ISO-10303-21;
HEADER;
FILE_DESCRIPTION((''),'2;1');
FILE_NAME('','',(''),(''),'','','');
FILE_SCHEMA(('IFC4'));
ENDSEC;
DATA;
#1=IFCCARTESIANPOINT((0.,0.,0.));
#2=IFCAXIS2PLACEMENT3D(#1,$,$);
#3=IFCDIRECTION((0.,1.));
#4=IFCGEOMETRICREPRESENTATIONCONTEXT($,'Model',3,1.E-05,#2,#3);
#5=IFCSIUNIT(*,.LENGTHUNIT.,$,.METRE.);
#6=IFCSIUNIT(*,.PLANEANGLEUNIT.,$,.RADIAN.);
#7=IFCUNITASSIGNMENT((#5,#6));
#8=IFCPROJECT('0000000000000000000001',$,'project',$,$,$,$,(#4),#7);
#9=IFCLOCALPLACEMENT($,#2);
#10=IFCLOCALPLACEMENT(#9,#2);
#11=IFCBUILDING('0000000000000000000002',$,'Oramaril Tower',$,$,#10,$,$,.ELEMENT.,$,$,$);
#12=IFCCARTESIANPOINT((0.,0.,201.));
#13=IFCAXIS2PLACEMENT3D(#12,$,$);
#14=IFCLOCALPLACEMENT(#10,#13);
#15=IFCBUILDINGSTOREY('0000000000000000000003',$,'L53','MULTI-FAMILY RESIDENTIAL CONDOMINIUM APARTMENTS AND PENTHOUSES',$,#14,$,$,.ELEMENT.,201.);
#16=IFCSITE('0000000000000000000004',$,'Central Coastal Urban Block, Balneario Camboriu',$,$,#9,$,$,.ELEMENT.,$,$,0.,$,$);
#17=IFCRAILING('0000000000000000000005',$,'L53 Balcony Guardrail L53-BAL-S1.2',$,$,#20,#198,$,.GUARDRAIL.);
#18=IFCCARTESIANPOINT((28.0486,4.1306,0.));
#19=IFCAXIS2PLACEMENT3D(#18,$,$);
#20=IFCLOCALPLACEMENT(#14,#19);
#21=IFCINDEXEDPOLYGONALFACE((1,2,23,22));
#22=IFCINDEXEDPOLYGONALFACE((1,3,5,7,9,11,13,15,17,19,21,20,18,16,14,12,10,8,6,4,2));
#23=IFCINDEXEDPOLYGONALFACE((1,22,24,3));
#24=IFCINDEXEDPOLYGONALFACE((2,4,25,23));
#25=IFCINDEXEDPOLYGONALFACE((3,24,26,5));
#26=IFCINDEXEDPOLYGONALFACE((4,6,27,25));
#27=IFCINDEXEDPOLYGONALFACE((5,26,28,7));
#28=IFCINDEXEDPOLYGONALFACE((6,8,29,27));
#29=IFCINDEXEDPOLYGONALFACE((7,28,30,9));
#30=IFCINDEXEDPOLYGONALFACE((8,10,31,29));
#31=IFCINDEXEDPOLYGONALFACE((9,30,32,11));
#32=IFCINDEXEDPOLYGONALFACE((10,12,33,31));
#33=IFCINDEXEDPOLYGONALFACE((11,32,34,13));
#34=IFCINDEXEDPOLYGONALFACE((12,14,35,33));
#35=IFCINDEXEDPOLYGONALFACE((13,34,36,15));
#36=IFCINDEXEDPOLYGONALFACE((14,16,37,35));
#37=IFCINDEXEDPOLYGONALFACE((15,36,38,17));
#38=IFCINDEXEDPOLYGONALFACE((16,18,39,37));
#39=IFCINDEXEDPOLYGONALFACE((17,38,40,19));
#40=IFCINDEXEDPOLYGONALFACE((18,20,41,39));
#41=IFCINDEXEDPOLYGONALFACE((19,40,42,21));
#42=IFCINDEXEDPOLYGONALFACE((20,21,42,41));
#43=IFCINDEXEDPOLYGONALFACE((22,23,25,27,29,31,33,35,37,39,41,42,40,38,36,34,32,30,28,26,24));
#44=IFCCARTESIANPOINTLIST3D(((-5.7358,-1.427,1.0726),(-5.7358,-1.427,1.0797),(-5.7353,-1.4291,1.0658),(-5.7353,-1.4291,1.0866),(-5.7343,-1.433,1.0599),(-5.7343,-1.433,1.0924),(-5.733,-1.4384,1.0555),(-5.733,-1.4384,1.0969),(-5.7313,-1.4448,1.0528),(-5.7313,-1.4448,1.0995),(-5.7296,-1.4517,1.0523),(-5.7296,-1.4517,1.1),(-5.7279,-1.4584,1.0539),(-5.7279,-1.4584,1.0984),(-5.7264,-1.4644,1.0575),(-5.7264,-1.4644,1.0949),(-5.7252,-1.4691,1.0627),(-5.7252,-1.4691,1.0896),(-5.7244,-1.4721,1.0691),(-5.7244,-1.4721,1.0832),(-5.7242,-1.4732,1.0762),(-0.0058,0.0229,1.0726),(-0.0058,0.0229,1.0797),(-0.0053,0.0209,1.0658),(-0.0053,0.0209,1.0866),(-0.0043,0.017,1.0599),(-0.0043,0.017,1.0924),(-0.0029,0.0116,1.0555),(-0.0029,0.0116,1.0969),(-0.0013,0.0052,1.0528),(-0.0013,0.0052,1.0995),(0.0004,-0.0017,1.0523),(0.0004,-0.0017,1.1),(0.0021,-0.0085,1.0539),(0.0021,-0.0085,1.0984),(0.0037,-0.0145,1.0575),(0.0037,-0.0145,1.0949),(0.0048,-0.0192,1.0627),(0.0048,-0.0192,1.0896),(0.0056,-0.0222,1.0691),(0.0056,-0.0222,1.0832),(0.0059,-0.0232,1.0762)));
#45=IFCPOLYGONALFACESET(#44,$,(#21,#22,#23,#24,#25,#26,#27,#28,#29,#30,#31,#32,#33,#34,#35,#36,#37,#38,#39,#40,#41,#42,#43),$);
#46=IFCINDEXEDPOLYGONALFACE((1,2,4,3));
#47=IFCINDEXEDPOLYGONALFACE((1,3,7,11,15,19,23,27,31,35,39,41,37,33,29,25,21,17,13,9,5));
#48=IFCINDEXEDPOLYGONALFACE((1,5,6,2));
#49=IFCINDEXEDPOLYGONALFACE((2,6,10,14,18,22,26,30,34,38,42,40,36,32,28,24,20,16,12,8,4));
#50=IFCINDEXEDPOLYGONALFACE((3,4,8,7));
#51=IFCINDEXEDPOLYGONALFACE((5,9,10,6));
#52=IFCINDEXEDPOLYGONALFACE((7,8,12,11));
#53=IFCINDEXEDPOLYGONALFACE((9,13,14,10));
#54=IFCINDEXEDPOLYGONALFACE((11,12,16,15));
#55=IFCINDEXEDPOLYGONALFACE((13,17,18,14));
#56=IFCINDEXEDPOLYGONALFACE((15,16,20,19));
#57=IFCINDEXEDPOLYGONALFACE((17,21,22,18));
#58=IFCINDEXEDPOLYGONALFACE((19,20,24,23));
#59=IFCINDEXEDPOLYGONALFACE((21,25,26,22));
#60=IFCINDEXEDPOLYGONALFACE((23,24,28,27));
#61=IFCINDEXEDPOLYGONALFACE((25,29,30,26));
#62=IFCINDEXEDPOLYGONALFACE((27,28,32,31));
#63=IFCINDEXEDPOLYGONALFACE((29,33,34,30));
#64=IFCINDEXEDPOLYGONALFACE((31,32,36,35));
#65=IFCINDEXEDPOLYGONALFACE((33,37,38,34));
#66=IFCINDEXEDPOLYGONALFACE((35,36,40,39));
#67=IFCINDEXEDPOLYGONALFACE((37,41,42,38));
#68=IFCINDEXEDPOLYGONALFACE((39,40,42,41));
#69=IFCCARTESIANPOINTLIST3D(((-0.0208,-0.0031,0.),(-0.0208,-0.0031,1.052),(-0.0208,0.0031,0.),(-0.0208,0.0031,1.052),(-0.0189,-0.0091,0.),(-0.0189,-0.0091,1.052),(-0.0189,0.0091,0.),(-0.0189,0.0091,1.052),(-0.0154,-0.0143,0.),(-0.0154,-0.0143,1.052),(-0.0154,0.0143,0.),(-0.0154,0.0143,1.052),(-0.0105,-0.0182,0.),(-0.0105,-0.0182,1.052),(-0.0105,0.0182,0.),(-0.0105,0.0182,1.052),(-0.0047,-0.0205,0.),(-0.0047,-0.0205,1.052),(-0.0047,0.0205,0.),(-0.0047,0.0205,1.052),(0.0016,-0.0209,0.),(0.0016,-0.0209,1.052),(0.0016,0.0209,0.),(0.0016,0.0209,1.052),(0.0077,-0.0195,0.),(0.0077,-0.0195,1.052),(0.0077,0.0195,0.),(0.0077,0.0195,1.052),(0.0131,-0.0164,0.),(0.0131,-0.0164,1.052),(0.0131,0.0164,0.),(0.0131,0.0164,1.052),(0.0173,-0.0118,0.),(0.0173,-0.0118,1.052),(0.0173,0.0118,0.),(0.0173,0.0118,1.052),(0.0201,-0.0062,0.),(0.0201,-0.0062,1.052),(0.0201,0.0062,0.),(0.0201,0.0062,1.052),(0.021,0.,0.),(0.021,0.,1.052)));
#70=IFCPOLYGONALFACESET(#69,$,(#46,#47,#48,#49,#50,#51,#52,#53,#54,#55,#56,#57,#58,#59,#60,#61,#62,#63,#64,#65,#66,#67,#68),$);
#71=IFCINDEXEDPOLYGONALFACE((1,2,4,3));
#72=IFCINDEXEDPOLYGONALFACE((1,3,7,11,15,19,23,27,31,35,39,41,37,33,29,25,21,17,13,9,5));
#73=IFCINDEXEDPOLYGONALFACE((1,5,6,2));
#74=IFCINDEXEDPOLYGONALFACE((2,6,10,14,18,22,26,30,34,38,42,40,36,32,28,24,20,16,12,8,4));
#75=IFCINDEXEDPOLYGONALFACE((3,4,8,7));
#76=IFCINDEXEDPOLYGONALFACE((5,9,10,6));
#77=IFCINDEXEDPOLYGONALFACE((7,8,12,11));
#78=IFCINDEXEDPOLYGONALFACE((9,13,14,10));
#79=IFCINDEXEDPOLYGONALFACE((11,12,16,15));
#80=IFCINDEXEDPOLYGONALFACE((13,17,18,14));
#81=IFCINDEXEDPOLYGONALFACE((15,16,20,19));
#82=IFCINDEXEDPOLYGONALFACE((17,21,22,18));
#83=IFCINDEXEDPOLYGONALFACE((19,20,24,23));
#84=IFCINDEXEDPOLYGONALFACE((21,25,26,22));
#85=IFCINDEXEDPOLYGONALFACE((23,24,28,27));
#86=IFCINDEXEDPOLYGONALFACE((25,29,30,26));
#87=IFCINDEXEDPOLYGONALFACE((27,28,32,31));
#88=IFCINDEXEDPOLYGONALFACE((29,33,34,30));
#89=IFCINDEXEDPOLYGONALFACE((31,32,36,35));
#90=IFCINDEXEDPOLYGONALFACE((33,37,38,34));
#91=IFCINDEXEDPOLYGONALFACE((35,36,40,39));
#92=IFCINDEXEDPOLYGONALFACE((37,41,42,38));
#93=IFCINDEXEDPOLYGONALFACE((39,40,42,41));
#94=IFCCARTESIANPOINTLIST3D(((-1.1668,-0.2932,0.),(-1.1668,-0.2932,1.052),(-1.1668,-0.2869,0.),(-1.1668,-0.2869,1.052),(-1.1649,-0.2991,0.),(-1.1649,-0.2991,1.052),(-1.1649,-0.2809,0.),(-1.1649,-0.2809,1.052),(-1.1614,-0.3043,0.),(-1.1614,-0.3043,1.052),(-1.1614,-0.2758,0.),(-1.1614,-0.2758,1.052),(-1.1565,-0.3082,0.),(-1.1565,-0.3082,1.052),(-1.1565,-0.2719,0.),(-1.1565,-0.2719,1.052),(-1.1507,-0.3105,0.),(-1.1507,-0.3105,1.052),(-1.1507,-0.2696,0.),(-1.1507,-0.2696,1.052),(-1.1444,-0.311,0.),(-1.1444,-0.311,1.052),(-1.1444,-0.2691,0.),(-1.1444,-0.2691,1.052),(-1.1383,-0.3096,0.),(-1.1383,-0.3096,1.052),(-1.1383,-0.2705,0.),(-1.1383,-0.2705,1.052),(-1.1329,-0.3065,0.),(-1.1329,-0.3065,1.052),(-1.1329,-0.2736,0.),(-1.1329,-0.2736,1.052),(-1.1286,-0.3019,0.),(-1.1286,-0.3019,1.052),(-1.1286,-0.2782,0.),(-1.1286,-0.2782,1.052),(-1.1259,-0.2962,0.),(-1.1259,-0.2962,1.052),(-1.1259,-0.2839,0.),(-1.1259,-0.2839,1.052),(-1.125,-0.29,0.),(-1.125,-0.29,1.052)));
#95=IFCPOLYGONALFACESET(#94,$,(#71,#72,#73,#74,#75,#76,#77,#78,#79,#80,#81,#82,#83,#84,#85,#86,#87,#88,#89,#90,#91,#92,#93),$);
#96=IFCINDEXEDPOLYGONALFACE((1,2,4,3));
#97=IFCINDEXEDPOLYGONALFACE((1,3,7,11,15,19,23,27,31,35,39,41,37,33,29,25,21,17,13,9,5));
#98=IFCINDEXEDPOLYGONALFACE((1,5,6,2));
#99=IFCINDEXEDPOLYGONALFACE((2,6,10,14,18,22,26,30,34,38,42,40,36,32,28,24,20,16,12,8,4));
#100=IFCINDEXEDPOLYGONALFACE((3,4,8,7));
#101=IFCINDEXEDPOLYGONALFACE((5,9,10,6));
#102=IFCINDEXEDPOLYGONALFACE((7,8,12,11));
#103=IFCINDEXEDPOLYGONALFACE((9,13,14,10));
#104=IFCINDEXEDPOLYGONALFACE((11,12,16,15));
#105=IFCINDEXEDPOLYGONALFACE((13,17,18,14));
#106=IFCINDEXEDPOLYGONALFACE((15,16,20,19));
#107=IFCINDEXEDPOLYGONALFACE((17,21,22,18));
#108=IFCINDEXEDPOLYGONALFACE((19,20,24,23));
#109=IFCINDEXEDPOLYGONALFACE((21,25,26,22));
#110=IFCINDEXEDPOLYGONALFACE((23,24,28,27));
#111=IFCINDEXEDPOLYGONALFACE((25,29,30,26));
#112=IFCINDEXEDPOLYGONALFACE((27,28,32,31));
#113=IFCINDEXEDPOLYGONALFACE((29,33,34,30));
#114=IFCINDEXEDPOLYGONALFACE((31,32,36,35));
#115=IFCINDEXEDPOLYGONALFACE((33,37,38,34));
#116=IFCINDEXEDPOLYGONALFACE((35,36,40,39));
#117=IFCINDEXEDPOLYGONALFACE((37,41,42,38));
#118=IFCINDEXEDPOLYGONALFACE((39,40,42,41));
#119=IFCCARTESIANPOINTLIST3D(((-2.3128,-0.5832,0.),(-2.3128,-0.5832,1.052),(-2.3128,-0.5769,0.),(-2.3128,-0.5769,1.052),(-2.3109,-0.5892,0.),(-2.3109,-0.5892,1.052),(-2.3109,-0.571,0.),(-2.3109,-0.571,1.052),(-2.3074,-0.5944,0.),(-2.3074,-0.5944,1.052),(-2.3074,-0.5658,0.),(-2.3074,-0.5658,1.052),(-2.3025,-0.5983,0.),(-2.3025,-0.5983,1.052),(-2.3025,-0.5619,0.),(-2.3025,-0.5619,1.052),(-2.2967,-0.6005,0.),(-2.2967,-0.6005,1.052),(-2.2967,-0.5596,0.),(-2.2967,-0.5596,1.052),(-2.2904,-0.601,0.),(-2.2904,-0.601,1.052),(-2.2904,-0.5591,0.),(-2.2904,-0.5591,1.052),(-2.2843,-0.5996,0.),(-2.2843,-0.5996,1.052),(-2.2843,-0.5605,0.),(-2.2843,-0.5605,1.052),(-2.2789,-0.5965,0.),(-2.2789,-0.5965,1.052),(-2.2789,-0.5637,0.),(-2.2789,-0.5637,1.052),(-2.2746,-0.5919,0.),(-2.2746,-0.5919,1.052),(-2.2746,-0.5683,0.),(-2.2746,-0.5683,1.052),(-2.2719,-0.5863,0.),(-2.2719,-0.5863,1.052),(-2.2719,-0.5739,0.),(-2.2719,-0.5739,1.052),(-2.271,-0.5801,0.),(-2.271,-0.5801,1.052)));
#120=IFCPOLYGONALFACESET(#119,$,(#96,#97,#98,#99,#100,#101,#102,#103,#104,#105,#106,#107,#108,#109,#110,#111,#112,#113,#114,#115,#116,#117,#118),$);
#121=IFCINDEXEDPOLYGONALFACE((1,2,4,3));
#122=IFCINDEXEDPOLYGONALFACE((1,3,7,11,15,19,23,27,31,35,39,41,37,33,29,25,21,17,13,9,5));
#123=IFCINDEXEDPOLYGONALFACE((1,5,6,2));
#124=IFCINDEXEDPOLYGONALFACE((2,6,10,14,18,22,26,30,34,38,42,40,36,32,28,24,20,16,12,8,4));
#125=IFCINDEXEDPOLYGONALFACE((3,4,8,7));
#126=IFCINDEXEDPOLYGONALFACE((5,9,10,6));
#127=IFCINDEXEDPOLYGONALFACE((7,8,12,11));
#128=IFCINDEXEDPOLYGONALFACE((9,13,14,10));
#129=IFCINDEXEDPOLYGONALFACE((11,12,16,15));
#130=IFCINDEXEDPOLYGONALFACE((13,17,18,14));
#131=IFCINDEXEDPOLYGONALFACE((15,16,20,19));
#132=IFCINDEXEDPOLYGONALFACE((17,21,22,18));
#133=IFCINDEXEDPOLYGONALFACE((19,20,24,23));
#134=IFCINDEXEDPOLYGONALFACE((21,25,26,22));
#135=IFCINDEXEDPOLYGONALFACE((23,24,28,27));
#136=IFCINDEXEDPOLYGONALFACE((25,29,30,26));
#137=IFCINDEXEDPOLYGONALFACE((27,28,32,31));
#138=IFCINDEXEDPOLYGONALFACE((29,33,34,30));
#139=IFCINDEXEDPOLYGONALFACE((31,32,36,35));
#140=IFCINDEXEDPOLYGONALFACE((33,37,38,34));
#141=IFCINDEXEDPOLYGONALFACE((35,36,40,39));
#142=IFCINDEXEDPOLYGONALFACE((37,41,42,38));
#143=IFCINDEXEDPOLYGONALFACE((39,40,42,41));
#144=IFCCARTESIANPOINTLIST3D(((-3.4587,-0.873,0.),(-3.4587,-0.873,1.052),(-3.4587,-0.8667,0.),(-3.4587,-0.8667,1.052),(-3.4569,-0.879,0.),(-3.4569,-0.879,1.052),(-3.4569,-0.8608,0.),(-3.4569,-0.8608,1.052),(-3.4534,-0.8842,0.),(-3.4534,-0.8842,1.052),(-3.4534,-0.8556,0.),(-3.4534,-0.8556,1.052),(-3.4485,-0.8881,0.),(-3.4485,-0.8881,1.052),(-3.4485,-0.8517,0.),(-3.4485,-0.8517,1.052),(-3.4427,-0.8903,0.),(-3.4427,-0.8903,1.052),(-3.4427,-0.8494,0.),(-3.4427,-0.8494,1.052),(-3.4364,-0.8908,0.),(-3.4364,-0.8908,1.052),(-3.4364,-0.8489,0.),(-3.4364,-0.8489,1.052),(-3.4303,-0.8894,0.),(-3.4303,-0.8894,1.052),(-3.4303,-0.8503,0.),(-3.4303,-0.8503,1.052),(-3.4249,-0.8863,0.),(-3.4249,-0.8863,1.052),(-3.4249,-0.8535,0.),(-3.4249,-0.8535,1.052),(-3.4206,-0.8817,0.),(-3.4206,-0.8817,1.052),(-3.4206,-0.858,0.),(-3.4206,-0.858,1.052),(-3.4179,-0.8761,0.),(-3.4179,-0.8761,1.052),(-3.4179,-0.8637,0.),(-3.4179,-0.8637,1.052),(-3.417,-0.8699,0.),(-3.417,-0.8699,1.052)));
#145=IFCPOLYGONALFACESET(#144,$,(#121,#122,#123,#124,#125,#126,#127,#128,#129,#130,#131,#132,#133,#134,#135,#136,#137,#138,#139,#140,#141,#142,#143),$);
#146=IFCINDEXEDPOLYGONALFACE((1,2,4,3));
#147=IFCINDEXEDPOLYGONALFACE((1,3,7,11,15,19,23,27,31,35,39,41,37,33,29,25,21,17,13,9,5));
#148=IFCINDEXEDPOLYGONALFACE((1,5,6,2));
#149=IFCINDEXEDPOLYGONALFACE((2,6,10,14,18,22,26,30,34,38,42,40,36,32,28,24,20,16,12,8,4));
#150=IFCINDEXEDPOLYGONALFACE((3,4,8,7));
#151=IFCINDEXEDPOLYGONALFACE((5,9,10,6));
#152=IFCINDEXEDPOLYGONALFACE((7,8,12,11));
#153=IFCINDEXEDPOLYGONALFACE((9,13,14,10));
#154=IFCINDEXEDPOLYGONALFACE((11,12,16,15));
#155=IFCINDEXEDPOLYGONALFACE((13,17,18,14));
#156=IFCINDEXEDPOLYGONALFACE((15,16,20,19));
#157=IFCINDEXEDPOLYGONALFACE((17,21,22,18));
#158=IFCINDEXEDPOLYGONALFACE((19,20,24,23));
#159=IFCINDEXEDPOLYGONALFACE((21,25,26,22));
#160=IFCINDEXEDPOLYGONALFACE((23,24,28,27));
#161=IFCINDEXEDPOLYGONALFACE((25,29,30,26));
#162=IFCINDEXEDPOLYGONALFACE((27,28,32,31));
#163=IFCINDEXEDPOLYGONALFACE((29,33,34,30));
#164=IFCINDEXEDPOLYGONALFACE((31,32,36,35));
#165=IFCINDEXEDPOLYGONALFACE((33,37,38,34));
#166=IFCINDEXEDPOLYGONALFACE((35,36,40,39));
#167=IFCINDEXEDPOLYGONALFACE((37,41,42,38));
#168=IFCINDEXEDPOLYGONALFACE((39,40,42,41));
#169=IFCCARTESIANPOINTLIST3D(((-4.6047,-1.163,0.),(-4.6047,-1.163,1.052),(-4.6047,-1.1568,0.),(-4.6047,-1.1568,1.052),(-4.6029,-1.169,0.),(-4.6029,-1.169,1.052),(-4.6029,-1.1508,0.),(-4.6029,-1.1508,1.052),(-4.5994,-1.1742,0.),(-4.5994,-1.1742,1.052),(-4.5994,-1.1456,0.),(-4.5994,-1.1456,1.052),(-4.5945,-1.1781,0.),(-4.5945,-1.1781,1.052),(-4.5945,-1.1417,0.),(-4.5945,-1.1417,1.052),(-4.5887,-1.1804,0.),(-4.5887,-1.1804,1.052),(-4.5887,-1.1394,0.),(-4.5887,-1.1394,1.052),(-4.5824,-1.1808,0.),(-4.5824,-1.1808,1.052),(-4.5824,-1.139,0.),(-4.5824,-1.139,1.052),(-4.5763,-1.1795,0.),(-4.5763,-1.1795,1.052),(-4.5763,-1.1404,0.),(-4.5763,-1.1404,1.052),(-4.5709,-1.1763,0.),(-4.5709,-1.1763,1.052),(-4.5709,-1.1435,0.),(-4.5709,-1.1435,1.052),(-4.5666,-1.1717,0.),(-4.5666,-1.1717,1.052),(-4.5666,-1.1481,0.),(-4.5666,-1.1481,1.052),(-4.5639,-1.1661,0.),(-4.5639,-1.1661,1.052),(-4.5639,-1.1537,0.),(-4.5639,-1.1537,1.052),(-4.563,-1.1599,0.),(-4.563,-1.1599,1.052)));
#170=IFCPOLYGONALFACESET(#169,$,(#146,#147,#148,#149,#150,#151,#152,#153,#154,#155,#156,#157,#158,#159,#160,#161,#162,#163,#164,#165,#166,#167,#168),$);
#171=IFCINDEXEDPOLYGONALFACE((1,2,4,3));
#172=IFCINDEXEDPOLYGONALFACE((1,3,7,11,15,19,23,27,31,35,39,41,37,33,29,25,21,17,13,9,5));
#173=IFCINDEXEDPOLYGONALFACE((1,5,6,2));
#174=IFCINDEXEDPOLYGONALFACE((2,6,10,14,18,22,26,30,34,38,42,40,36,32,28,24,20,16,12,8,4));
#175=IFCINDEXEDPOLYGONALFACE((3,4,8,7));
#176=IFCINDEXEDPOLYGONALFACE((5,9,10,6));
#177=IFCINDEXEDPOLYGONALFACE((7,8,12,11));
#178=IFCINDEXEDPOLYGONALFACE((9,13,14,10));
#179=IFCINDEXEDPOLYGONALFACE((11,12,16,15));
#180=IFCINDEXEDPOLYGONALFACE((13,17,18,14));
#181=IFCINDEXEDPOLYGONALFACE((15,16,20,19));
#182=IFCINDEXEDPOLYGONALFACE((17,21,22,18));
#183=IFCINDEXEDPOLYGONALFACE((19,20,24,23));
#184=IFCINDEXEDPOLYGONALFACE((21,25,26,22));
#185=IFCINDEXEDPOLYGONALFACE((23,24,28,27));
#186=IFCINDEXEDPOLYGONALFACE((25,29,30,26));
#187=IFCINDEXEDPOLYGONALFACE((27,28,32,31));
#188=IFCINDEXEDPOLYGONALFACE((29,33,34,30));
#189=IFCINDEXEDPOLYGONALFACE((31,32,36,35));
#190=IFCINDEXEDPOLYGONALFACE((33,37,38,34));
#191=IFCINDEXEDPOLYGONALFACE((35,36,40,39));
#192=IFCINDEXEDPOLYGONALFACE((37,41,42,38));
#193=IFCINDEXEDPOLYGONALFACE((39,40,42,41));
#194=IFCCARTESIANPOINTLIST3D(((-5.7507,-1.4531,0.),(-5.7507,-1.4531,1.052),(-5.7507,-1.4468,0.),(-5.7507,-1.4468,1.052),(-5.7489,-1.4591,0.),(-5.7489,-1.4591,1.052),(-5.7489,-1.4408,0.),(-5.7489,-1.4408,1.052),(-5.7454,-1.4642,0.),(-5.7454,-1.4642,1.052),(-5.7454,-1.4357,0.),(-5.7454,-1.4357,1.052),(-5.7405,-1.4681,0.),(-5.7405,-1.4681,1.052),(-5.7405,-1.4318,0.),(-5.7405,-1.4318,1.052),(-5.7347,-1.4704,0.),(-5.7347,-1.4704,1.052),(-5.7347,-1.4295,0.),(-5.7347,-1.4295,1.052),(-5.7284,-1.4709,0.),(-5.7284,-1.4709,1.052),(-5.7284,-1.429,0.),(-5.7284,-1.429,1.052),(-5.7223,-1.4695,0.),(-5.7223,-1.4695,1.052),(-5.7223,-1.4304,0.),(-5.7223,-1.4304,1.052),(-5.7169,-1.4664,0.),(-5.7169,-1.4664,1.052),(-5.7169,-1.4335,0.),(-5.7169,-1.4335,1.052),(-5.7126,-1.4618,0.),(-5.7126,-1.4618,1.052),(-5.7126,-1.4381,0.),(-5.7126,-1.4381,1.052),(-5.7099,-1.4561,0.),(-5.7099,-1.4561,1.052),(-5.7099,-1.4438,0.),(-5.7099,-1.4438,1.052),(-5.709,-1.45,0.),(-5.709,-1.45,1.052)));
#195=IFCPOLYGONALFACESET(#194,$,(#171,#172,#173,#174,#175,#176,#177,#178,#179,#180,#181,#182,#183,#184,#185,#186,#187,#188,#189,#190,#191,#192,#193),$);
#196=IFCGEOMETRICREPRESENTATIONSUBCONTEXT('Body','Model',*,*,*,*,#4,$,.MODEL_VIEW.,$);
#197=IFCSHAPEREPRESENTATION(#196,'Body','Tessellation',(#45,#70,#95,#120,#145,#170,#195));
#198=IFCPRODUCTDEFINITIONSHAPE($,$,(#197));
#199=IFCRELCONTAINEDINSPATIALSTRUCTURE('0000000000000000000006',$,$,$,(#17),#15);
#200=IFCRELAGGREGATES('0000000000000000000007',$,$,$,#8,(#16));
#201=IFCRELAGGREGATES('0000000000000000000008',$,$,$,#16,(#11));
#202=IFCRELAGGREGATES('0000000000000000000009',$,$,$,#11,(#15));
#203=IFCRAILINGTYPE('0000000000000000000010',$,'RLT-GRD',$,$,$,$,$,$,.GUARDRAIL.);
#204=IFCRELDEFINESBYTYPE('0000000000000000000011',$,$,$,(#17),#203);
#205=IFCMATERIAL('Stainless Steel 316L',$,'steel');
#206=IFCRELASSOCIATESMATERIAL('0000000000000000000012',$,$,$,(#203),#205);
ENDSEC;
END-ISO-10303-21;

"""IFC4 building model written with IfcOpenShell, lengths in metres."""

from ifc_helpers import new_model, si_unit, direction, frame, origin, origin_2d, place, context, subcontext, project, spatial, circle, extrude, material, type_object, element, save


model = new_model("IFC4")

# Units and contexts
model_context = context("Model", 3, precision=1e-05, world=origin(), true_north=direction((0.0, 1.0)))
body_context = subcontext(model_context, "Body", "Model", "MODEL_VIEW")
ifc_project = project(units=[si_unit("LENGTHUNIT", "METRE"), si_unit("PLANEANGLEUNIT", "RADIAN")], contexts=[model_context])

# Site, building, storey
site_placement = place(None, origin())
site = spatial("IfcSite", under=ifc_project, at=site_placement, Name="Central Coastal Urban Block, Balneario Camboriu", CompositionType="ELEMENT", RefElevation=0.0)
building_placement = place(site_placement, origin())
building = spatial("IfcBuilding", under=site, at=building_placement, Name="Oramaril Tower", CompositionType="ELEMENT")
storey_placement = place(building_placement, frame((0.0, 0.0, 201.0)))
storey = spatial("IfcBuildingStorey", under=building, at=storey_placement, Name="L53", Description="MULTI-FAMILY RESIDENTIAL CONDOMINIUM APARTMENTS AND PENTHOUSES", CompositionType="ELEMENT", Elevation=201.0)

# Railing
ifc_material_1 = material(Name="Stainless Steel 316L", Category="steel")
railing_type = type_object("IfcRailingType", Name="RLT-GRD", PredefinedType="GUARDRAIL", material=ifc_material_1)
railing_1_placement = place(storey_placement, frame((28.0486, 4.1306, 0.0)))
element("IfcRailing", 1, at=railing_1_placement, inside=storey, type_object=railing_type, Name="L53 Balcony Guardrail L53-BAL-S1.2", PredefinedType="GUARDRAIL", context=body_context, shape_type="SweptSolid", body=[
    extrude(circle(Radius=0.0239, at=origin_2d()), frame((0.0, 0.0, 1.0762), z_axis=(-0.969444, -0.245314, 0.0), x_axis=(0.245314, -0.969444, 0.0)), (0.0, 0.0, 1.0), 5.9106),
    extrude(circle(Radius=0.021, at=origin_2d()), origin(), (0.0, 0.0, 1.0), 1.052),
    extrude(circle(Radius=0.021, at=origin_2d()), frame((-1.146, -0.29, 0.0)), (0.0, 0.0, 1.0), 1.052),
    extrude(circle(Radius=0.021, at=origin_2d()), frame((-2.292, -0.5801, 0.0)), (0.0, 0.0, 1.0), 1.052),
    extrude(circle(Radius=0.021, at=origin_2d()), frame((-3.438, -0.8699, 0.0)), (0.0, 0.0, 1.0), 1.052),
    extrude(circle(Radius=0.021, at=origin_2d()), frame((-4.584, -1.1599, 0.0)), (0.0, 0.0, 1.0), 1.052),
    extrude(circle(Radius=0.021, at=origin_2d()), frame((-5.73, -1.45, 0.0)), (0.0, 0.0, 1.0), 1.052),
])

save(model, "model.ifc")
